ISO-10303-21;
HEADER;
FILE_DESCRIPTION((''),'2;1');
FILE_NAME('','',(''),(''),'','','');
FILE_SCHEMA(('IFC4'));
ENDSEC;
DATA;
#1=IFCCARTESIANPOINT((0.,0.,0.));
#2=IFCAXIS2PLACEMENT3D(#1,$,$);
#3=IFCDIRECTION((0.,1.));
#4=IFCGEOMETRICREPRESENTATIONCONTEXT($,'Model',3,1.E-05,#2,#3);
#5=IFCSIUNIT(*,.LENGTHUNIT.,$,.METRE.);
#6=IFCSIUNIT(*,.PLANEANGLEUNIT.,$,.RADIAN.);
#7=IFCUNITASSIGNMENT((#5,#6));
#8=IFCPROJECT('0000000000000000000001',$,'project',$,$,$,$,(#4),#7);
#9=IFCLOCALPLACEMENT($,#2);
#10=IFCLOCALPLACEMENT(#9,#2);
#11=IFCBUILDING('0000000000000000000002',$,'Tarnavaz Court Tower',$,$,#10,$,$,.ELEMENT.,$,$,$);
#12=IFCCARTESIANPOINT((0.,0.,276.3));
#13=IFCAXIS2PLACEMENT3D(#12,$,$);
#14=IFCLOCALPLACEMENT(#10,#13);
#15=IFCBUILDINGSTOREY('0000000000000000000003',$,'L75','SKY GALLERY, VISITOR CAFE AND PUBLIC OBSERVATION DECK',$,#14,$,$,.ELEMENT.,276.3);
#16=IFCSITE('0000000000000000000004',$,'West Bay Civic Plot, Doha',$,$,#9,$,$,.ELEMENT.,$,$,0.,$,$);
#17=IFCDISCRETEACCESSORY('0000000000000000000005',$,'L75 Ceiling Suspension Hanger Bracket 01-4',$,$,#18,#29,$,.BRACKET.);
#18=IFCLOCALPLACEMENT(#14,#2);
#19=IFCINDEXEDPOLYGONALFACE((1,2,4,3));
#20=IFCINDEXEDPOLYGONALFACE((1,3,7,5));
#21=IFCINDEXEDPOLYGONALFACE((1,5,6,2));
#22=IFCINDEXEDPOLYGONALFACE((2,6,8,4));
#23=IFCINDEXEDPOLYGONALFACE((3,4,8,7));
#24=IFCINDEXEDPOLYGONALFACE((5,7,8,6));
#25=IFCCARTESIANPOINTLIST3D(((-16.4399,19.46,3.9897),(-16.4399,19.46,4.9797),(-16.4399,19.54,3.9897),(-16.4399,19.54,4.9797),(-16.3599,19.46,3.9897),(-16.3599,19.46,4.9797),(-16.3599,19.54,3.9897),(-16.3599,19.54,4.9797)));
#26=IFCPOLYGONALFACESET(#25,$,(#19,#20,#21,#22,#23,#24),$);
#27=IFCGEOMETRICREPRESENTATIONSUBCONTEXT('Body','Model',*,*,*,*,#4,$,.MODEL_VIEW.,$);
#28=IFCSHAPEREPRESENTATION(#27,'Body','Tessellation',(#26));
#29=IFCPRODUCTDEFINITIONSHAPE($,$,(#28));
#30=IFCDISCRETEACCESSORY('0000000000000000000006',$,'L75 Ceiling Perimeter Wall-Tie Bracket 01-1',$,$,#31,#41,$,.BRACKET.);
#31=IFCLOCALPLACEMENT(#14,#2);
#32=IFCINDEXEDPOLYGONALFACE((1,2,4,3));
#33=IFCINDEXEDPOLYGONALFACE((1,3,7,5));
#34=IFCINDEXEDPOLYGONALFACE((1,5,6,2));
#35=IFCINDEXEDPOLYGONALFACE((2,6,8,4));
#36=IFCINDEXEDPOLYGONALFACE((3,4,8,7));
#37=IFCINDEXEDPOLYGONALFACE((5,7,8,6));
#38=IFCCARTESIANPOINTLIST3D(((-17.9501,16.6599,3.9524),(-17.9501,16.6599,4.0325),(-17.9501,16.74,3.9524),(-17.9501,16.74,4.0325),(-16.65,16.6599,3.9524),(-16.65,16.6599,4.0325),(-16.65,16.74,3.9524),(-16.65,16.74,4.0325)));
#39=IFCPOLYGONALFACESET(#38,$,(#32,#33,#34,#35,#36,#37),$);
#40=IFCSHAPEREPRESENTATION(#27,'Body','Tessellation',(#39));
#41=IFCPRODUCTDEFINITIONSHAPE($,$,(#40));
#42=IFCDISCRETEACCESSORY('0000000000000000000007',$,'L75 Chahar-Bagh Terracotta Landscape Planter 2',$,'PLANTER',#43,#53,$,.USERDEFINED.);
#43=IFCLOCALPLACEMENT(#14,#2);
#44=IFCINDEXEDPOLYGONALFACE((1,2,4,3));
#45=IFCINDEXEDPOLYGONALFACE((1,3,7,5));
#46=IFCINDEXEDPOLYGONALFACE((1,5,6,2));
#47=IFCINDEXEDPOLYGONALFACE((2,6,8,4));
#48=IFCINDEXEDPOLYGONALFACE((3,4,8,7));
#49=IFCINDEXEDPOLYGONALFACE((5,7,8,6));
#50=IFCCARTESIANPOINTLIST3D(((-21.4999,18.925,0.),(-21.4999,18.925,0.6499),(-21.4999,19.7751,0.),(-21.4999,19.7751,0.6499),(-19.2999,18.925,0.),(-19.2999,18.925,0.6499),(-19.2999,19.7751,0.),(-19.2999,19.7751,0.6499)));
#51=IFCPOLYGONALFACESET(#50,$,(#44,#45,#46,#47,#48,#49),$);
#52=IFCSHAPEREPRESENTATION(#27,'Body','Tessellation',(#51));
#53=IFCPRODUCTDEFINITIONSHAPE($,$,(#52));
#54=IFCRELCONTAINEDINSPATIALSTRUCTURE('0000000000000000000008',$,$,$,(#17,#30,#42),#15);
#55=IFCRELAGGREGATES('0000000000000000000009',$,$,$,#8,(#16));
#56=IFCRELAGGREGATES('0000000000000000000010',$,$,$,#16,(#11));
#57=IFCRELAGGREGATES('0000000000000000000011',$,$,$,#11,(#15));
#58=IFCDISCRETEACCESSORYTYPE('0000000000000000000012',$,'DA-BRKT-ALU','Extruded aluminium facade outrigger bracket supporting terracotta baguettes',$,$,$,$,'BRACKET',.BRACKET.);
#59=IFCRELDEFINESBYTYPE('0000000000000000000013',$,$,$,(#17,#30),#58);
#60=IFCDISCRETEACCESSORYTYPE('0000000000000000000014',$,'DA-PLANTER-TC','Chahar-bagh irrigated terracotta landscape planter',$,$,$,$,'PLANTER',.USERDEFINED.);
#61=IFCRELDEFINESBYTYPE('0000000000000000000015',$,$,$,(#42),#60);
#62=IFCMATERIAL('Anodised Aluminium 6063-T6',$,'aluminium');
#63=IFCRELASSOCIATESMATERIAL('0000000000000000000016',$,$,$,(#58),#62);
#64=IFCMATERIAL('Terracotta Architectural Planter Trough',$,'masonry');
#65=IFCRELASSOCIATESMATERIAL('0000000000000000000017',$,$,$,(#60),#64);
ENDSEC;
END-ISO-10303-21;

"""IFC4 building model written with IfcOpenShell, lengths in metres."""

from ifc_helpers import new_model, si_unit, direction, frame, origin, origin_2d, place, context, subcontext, project, spatial, rectangle, extrude, material, type_object, element, save


model = new_model("IFC4")

# Units and contexts
model_context = context("Model", 3, precision=1e-05, world=origin(), true_north=direction((0.0, 1.0)))
body_context = subcontext(model_context, "Body", "Model", "MODEL_VIEW")
ifc_project = project(units=[si_unit("LENGTHUNIT", "METRE"), si_unit("PLANEANGLEUNIT", "RADIAN")], contexts=[model_context])

# Site, building, storey
site_placement = place(None, origin())
site = spatial("IfcSite", under=ifc_project, at=site_placement, Name="West Bay Civic Plot, Doha", CompositionType="ELEMENT", RefElevation=0.0)
building_placement = place(site_placement, origin())
building = spatial("IfcBuilding", under=site, at=building_placement, Name="Tarnavaz Court Tower", CompositionType="ELEMENT")
storey_placement = place(building_placement, frame((0.0, 0.0, 276.3)))
storey = spatial("IfcBuildingStorey", under=building, at=storey_placement, Name="L75", Description="SKY GALLERY, VISITOR CAFE AND PUBLIC OBSERVATION DECK", CompositionType="ELEMENT", Elevation=276.3)

# Shared definitions
ifc_material_1 = material(Name="Anodised Aluminium 6063-T6", Category="aluminium")

# Discrete accessories
discrete_accessory_type_1 = type_object("IfcDiscreteAccessoryType", Name="DA-BRKT-ALU", Description="Extruded aluminium facade outrigger bracket supporting terracotta baguettes", ElementType="BRACKET", PredefinedType="BRACKET", material=ifc_material_1)
discrete_accessory_1_placement = place(storey_placement, frame((-16.3999, 19.5, 3.9897), z_axis=(0.0, 0.0, 1.0), x_axis=(1.0, 0.0, 0.0)))
element("IfcDiscreteAccessory", 1, at=discrete_accessory_1_placement, inside=storey, type_object=discrete_accessory_type_1, Name="L75 Ceiling Suspension Hanger Bracket 01-4", PredefinedType="BRACKET", context=body_context, shape_type="SweptSolid", body=[
    extrude(rectangle(XDim=0.0801, YDim=0.0801, at=origin_2d()), origin(), (0.0, 0.0, 1.0), 0.99),
])
discrete_accessory_2_placement = place(storey_placement, frame((-17.3, 16.7, 3.9524), z_axis=(0.0, 0.0, 1.0), x_axis=(1.0, 0.0, 0.0)))
element("IfcDiscreteAccessory", 2, at=discrete_accessory_2_placement, inside=storey, type_object=discrete_accessory_type_1, Name="L75 Ceiling Perimeter Wall-Tie Bracket 01-1", PredefinedType="BRACKET", context=body_context, shape_type="SweptSolid", body=[
    extrude(rectangle(XDim=1.3, YDim=0.0801, at=origin_2d()), origin(), (0.0, 0.0, 1.0), 0.0801),
])
ifc_material_2 = material(Name="Terracotta Architectural Planter Trough", Category="masonry")
discrete_accessory_type_2 = type_object("IfcDiscreteAccessoryType", Name="DA-PLANTER-TC", Description="Chahar-bagh irrigated terracotta landscape planter", ElementType="PLANTER", PredefinedType="USERDEFINED", material=ifc_material_2)
discrete_accessory_3_placement = place(storey_placement, frame((-20.3999, 19.3501, 0.0), z_axis=(0.0, 0.0, 1.0), x_axis=(1.0, 0.0, 0.0)))
element("IfcDiscreteAccessory", 3, at=discrete_accessory_3_placement, inside=storey, type_object=discrete_accessory_type_2, Name="L75 Chahar-Bagh Terracotta Landscape Planter 2", ObjectType="PLANTER", PredefinedType="USERDEFINED", context=body_context, shape_type="SweptSolid", body=[
    extrude(rectangle(XDim=2.2, YDim=0.8501, at=origin_2d()), origin(), (0.0, 0.0, 1.0), 0.6499),
])

save(model, "model.ifc")
